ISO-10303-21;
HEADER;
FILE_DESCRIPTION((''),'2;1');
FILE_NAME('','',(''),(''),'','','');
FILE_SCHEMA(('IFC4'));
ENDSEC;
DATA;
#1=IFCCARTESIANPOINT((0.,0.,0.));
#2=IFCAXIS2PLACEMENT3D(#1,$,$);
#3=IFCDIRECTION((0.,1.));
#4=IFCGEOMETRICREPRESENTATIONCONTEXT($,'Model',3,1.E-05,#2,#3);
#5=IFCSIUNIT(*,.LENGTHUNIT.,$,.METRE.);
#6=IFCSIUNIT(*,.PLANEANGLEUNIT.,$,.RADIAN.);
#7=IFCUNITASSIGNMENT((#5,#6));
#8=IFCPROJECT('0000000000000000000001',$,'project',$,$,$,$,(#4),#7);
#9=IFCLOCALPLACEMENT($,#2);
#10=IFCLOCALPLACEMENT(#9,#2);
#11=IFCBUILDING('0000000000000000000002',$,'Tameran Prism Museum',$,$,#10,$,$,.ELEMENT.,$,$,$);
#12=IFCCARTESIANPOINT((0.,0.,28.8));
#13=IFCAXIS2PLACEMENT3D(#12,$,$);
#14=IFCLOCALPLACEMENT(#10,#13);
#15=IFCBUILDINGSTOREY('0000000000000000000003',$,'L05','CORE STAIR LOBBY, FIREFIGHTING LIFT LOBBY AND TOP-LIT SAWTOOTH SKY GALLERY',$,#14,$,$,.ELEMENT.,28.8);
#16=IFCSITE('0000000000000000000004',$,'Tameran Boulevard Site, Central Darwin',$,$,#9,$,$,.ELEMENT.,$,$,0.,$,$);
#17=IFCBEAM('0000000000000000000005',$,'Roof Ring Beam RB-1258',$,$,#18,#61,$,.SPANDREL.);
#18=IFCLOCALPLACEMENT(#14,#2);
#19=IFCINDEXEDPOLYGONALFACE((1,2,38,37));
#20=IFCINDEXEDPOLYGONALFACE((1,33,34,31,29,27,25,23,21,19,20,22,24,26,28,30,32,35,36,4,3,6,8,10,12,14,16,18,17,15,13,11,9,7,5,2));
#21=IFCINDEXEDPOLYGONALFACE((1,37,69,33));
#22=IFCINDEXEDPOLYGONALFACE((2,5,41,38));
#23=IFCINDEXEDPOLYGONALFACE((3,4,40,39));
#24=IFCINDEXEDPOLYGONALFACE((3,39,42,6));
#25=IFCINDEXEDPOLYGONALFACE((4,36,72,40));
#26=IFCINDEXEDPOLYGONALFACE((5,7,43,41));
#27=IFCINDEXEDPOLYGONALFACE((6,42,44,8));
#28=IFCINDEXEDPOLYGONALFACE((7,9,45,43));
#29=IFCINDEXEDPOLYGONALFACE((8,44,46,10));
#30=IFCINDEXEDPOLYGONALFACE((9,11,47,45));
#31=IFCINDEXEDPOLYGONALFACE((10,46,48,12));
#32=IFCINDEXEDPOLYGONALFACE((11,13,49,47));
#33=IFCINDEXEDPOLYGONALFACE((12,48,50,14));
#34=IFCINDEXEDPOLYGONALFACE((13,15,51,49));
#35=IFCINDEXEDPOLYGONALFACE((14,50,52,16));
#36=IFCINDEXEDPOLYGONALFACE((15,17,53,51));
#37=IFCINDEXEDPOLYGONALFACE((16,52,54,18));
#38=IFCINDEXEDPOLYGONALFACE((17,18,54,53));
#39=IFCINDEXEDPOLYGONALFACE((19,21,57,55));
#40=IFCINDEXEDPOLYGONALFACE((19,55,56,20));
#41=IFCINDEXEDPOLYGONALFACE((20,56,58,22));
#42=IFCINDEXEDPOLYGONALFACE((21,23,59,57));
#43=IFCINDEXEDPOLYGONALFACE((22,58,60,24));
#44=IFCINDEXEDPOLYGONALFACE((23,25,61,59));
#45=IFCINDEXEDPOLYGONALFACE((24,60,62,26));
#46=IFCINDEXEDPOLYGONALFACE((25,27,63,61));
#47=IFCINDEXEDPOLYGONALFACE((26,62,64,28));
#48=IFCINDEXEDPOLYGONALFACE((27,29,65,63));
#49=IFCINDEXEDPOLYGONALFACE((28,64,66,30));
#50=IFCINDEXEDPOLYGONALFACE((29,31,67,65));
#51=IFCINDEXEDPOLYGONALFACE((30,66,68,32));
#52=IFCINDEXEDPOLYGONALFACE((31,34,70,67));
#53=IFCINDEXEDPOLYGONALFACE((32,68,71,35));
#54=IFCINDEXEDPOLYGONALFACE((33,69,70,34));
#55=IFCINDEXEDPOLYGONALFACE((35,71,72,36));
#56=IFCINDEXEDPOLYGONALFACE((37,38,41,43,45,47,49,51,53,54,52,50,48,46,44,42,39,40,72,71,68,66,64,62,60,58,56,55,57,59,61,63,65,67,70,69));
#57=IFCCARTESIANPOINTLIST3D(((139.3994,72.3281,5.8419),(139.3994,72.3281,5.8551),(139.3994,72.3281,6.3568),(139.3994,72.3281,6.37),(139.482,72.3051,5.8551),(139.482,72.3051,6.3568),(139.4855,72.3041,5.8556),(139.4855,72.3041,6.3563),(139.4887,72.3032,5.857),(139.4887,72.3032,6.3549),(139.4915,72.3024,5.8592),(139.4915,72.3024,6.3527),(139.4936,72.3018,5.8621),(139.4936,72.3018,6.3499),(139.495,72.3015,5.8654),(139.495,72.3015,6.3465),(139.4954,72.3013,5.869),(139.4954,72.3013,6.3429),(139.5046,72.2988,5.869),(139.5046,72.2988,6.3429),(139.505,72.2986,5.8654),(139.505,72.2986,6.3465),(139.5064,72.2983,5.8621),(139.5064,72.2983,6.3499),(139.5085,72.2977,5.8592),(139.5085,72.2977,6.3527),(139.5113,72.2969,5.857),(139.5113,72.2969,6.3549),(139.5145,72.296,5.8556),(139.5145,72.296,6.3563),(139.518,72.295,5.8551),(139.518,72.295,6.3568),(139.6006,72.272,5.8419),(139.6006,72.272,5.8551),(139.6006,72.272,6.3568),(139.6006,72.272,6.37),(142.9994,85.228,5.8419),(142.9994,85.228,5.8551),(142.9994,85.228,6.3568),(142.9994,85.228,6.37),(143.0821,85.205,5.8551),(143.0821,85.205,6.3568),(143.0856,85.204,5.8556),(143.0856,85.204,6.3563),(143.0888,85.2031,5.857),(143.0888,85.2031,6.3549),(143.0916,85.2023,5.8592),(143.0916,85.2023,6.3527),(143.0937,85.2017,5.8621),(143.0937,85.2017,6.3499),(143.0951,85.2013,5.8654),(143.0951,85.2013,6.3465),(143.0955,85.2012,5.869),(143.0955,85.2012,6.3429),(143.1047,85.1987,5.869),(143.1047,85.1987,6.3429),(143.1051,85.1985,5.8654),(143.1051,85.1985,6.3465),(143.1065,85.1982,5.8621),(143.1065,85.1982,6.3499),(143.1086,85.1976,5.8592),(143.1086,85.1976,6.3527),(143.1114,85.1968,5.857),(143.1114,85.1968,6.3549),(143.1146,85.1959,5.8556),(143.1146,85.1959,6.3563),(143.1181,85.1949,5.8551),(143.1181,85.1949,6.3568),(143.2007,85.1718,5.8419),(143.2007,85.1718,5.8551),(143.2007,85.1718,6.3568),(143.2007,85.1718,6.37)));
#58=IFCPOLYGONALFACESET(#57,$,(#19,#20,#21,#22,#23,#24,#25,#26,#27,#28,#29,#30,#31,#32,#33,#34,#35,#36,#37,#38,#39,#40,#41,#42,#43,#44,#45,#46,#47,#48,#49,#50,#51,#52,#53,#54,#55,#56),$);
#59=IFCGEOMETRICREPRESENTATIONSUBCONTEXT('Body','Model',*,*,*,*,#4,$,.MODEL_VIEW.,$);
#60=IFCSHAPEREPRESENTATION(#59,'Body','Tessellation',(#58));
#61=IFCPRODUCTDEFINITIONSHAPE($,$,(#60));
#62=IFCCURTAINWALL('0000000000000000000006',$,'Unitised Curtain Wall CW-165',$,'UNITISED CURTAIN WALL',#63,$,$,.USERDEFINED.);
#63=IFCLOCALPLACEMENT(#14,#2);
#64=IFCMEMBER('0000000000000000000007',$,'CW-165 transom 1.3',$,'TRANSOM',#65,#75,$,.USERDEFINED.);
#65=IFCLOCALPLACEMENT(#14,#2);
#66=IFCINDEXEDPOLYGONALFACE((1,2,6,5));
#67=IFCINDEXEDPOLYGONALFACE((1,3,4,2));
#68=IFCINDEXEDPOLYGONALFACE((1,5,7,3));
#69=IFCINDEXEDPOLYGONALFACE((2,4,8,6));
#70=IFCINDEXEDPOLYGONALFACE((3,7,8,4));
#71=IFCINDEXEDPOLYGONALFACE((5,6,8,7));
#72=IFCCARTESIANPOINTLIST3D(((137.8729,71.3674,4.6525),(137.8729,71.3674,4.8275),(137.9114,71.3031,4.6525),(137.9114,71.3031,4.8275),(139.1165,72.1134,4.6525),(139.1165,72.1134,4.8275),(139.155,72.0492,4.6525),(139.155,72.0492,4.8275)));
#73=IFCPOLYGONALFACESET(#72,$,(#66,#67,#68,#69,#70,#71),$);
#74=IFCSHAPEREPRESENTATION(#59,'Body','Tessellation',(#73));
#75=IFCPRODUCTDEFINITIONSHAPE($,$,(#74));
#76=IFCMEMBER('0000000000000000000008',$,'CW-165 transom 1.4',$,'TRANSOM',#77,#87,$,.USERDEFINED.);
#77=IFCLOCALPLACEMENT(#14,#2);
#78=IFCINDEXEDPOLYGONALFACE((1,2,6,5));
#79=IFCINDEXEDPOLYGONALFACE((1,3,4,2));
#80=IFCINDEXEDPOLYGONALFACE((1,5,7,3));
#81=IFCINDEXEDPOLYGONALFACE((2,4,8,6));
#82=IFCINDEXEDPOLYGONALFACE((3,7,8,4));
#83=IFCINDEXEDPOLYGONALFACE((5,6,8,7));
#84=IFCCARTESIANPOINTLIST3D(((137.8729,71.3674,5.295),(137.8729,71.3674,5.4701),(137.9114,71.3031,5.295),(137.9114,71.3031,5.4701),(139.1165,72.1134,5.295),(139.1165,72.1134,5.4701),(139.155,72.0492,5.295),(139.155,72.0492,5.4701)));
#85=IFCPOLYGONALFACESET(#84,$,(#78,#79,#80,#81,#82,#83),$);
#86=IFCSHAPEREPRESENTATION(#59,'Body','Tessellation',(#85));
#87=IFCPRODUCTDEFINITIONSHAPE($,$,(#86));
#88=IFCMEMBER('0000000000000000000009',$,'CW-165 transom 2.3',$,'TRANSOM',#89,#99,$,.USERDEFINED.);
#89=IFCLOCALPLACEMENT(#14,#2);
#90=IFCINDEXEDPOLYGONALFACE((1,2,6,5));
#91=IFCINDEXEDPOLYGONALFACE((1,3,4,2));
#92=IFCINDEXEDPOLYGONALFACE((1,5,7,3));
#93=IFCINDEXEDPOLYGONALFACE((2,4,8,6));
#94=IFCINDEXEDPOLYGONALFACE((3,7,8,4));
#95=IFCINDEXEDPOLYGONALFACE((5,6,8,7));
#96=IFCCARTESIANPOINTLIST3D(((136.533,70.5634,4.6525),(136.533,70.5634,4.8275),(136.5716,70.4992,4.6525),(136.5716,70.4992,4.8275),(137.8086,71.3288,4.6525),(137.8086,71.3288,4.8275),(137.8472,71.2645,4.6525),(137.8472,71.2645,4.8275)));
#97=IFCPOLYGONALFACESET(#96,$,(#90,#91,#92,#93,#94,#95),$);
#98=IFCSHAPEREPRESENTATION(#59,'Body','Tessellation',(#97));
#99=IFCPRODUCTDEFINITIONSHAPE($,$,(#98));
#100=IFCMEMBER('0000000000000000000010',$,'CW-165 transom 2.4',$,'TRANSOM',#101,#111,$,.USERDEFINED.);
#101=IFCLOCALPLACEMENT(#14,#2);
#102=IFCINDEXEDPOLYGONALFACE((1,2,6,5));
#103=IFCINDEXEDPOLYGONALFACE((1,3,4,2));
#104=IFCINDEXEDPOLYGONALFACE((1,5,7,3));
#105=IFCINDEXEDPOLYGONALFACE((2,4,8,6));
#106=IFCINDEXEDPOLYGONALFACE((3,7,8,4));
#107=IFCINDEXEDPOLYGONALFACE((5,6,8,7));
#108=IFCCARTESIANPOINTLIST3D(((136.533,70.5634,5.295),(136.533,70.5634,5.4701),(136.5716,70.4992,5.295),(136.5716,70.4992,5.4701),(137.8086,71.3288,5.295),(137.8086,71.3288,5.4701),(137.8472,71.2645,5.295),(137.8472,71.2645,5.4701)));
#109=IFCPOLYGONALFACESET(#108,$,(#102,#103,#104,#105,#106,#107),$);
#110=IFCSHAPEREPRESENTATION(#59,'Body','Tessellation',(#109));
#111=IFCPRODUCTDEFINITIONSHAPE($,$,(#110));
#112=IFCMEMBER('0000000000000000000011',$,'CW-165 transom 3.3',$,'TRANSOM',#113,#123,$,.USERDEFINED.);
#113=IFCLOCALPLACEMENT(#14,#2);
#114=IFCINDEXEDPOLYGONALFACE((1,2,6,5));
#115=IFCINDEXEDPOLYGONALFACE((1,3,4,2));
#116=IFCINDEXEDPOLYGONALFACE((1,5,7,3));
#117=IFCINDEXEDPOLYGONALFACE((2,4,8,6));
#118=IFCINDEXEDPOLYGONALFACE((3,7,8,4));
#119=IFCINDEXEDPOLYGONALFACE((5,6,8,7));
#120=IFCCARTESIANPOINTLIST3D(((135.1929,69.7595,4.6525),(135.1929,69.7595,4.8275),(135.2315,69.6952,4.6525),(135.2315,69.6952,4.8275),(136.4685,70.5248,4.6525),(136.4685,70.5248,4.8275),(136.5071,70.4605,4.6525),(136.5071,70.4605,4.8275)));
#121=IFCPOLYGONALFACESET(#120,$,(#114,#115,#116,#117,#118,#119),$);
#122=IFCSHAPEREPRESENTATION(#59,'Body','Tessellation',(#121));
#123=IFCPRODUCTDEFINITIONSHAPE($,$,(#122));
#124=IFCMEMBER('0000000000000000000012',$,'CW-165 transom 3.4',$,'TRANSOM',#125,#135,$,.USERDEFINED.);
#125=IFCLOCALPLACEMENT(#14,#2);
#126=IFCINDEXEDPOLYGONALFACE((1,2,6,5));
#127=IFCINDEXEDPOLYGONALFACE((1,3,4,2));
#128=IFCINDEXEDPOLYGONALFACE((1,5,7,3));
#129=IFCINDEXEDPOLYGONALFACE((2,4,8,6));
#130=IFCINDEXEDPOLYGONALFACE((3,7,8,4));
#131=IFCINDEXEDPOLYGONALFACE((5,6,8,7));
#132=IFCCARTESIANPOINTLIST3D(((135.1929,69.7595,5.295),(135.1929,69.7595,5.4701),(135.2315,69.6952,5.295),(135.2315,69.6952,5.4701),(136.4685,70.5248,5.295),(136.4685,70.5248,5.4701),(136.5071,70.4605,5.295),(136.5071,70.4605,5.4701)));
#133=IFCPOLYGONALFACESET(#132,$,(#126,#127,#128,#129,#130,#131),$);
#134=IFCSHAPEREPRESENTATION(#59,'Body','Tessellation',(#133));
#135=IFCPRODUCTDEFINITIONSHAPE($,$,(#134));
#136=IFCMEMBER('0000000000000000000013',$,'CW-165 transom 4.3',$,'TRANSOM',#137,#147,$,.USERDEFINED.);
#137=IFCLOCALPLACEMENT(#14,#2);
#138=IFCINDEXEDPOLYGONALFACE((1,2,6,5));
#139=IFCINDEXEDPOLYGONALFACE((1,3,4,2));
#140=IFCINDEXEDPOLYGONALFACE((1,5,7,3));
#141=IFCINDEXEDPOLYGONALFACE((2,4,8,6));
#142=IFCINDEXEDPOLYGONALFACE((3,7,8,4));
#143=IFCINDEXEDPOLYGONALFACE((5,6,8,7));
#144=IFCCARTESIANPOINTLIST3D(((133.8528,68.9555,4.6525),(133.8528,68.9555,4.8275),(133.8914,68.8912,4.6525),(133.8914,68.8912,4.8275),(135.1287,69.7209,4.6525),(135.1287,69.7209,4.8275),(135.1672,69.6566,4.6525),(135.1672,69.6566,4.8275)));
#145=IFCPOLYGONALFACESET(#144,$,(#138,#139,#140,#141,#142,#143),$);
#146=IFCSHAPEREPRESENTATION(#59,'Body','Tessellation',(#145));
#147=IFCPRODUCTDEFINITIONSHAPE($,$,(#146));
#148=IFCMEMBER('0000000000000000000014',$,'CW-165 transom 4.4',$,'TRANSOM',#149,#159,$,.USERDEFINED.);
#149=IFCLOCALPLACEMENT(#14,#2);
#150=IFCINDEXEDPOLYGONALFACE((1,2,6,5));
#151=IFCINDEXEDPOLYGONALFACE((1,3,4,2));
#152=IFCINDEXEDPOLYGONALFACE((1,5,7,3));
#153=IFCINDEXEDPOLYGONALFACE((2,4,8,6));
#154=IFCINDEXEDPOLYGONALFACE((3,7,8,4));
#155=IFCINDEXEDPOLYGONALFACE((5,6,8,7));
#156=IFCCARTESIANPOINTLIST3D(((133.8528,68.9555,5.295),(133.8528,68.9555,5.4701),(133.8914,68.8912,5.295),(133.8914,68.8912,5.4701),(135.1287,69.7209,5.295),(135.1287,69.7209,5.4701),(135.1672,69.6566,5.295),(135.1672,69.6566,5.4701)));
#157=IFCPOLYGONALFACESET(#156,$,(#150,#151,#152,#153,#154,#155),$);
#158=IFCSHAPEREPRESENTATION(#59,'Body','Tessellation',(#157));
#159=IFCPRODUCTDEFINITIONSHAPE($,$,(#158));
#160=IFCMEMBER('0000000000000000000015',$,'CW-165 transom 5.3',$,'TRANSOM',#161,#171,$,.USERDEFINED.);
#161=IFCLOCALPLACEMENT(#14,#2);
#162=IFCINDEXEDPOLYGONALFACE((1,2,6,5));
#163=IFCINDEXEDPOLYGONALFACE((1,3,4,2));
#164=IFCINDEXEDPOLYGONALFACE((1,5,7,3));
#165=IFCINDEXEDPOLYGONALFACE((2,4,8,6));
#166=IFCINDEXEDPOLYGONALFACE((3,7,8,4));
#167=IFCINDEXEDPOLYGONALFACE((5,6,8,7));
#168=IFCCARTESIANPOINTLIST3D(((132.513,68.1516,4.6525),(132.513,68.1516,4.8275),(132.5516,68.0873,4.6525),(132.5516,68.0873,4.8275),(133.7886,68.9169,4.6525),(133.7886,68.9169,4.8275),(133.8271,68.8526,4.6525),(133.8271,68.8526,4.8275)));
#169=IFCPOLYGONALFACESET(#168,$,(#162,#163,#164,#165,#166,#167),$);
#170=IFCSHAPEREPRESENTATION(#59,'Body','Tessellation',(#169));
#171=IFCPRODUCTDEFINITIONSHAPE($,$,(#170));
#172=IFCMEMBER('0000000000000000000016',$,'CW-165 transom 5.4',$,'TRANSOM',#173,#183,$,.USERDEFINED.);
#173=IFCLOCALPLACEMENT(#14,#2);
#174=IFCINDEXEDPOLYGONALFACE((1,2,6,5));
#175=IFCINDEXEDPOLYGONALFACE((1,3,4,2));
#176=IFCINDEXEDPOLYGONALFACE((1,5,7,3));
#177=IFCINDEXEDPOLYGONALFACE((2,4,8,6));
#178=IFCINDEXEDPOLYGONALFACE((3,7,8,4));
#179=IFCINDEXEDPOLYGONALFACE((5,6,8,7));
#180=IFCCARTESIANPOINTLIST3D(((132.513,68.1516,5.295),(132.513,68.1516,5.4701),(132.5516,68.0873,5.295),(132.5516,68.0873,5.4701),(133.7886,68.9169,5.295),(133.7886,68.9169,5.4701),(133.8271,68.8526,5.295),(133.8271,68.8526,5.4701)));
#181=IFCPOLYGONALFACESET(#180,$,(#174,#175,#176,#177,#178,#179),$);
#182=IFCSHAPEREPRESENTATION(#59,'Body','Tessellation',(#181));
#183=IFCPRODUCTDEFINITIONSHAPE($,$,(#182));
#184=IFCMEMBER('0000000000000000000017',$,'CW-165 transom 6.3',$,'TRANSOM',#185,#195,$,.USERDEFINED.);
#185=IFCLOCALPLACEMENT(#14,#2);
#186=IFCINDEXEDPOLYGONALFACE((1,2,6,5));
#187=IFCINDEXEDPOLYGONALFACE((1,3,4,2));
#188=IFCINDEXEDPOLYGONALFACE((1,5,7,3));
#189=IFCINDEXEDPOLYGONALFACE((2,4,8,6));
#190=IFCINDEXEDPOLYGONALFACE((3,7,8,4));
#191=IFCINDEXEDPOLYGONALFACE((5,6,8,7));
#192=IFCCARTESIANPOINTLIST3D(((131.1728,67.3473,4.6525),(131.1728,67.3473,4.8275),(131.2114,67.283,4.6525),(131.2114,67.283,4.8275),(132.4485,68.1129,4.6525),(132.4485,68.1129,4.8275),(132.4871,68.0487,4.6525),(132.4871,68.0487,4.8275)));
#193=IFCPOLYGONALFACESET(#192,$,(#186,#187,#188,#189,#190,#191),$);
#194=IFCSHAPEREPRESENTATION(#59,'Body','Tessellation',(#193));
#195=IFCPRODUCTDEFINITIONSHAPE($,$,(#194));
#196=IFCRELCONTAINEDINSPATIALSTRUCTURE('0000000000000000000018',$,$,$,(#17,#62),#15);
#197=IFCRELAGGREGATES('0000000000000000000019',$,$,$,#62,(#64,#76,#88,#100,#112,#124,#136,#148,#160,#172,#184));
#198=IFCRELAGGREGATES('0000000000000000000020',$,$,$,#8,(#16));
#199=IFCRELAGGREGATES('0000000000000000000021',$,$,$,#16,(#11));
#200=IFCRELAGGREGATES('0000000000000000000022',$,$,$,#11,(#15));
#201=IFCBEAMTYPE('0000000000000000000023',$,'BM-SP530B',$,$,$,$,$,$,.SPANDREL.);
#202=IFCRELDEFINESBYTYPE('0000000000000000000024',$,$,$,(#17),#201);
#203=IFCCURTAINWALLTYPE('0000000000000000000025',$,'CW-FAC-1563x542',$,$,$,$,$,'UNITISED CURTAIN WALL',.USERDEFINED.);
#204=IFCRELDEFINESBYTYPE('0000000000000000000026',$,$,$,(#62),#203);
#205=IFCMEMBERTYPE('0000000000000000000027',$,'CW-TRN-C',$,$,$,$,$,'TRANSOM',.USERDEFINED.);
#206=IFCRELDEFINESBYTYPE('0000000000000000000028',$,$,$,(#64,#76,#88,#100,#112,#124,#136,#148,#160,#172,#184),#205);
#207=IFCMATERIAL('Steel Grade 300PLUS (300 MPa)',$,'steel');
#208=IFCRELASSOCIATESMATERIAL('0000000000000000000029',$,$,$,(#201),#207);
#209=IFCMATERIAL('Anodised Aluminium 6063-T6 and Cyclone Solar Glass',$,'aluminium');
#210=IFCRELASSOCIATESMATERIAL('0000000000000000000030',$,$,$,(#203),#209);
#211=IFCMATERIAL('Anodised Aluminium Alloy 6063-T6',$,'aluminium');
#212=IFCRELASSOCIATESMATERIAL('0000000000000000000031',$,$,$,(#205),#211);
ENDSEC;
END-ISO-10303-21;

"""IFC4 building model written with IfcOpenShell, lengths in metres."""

from ifc_helpers import new_model, si_unit, direction, frame, origin, origin_2d, place, context, subcontext, project, spatial, rectangle, i_section, extrude, material, material_profile, profile_set, type_object, element, aggregate, save


model = new_model("IFC4")

# Units and contexts
model_context = context("Model", 3, precision=1e-05, world=origin(), true_north=direction((0.0, 1.0)))
body_context = subcontext(model_context, "Body", "Model", "MODEL_VIEW")
ifc_project = project(units=[si_unit("LENGTHUNIT", "METRE"), si_unit("PLANEANGLEUNIT", "RADIAN")], contexts=[model_context])

# Site, building, storey
site_placement = place(None, origin())
site = spatial("IfcSite", under=ifc_project, at=site_placement, Name="Tameran Boulevard Site, Central Darwin", CompositionType="ELEMENT", RefElevation=0.0)
building_placement = place(site_placement, origin())
building = spatial("IfcBuilding", under=site, at=building_placement, Name="Tameran Prism Museum", CompositionType="ELEMENT")
storey_placement = place(building_placement, frame((0.0, 0.0, 28.8)))
storey = spatial("IfcBuildingStorey", under=building, at=storey_placement, Name="L05", Description="CORE STAIR LOBBY, FIREFIGHTING LIFT LOBBY AND TOP-LIT SAWTOOTH SKY GALLERY", CompositionType="ELEMENT", Elevation=28.8)

# Beam
ifc_material_1 = material(Name="Steel Grade 300PLUS (300 MPa)", Category="steel")
ifc_material_profile_1 = material_profile(ifc_material_1, i_section(OverallWidth=0.209, OverallDepth=0.5281, WebThickness=0.0095, FlangeThickness=0.0132, FilletRadius=0.0139, at=origin_2d()))
ifc_profile_set_1 = profile_set([ifc_material_profile_1])
beam_type = type_object("IfcBeamType", Name="BM-SP530B", PredefinedType="SPANDREL", material=ifc_profile_set_1)
beam_placement = place(storey_placement, frame((139.5, 72.3, 6.106), z_axis=(0.268808, 0.963194, 0.0), x_axis=(-0.963194, 0.268808, 0.0)))
element("IfcBeam", 1, at=beam_placement, inside=storey, type_object=beam_type, Name="Roof Ring Beam RB-1258", PredefinedType="SPANDREL", context=body_context, shape_type="SweptSolid", body=[
    extrude(i_section(OverallWidth=0.209, OverallDepth=0.5281, WebThickness=0.0095, FlangeThickness=0.0132, FilletRadius=0.0139, at=origin_2d()), origin(), (0.0, 0.0, 1.0), 13.3928),
])

# Curtain wall, members
ifc_material_2 = material(Name="Anodised Aluminium 6063-T6 and Cyclone Solar Glass", Category="aluminium")
curtain_wall_type = type_object("IfcCurtainWallType", Name="CW-FAC-1563x542", ElementType="UNITISED CURTAIN WALL", PredefinedType="USERDEFINED", material=ifc_material_2)
curtain_wall_placement = place(storey_placement, origin())
curtain_wall = element("IfcCurtainWall", 2, at=curtain_wall_placement, inside=storey, type_object=curtain_wall_type, Name="Unitised Curtain Wall CW-165", ObjectType="UNITISED CURTAIN WALL", PredefinedType="USERDEFINED")
ifc_material_3 = material(Name="Anodised Aluminium Alloy 6063-T6", Category="aluminium")
ifc_material_profile_2 = material_profile(ifc_material_3, rectangle(XDim=0.075, YDim=0.175, at=origin_2d()))
ifc_profile_set_2 = profile_set([ifc_material_profile_2])
member_type_1 = type_object("IfcMemberType", Name="CW-TRN-C", ElementType="TRANSOM", PredefinedType="USERDEFINED", material=ifc_profile_set_2)
member_1_placement = place(storey_placement, frame((139.1357, 72.0813, 4.74), z_axis=(-0.857523, -0.514446, 0.0), x_axis=(0.514446, -0.857523, 0.0)))
member_1 = element("IfcMember", 3, at=member_1_placement, type_object=member_type_1, Name="CW-165 transom 1.3", ObjectType="TRANSOM", PredefinedType="USERDEFINED", context=body_context, shape_type="SweptSolid", body=[
    extrude(rectangle(XDim=0.075, YDim=0.175, at=origin_2d()), origin(), (0.0, 0.0, 1.0), 1.4502),
])
member_2_placement = place(storey_placement, frame((139.1357, 72.0813, 5.3826), z_axis=(-0.857523, -0.514446, 0.0), x_axis=(0.514446, -0.857523, 0.0)))
member_2 = element("IfcMember", 4, at=member_2_placement, type_object=member_type_1, Name="CW-165 transom 1.4", ObjectType="TRANSOM", PredefinedType="USERDEFINED", context=body_context, shape_type="SweptSolid", body=[
    extrude(rectangle(XDim=0.075, YDim=0.175, at=origin_2d()), origin(), (0.0, 0.0, 1.0), 1.4502),
])
member_3_placement = place(storey_placement, frame((137.8279, 71.2966, 4.74), z_axis=(-0.857493, -0.514496, 0.0), x_axis=(0.514496, -0.857493, 0.0)))
member_3 = element("IfcMember", 5, at=member_3_placement, type_object=member_type_1, Name="CW-165 transom 2.3", ObjectType="TRANSOM", PredefinedType="USERDEFINED", context=body_context, shape_type="SweptSolid", body=[
    extrude(rectangle(XDim=0.075, YDim=0.175, at=origin_2d()), origin(), (0.0, 0.0, 1.0), 1.4875),
])
member_4_placement = place(storey_placement, frame((137.8279, 71.2966, 5.3826), z_axis=(-0.857493, -0.514496, 0.0), x_axis=(0.514496, -0.857493, 0.0)))
member_4 = element("IfcMember", 6, at=member_4_placement, type_object=member_type_1, Name="CW-165 transom 2.4", ObjectType="TRANSOM", PredefinedType="USERDEFINED", context=body_context, shape_type="SweptSolid", body=[
    extrude(rectangle(XDim=0.075, YDim=0.175, at=origin_2d()), origin(), (0.0, 0.0, 1.0), 1.4875),
])
member_5_placement = place(storey_placement, frame((136.4878, 70.4927, 4.74), z_axis=(-0.857493, -0.514496, 0.0), x_axis=(0.514496, -0.857493, 0.0)))
member_5 = element("IfcMember", 7, at=member_5_placement, type_object=member_type_1, Name="CW-165 transom 3.3", ObjectType="TRANSOM", PredefinedType="USERDEFINED", context=body_context, shape_type="SweptSolid", body=[
    extrude(rectangle(XDim=0.075, YDim=0.175, at=origin_2d()), origin(), (0.0, 0.0, 1.0), 1.4875),
])
member_6_placement = place(storey_placement, frame((136.4878, 70.4927, 5.3826), z_axis=(-0.857493, -0.514496, 0.0), x_axis=(0.514496, -0.857493, 0.0)))
member_6 = element("IfcMember", 8, at=member_6_placement, type_object=member_type_1, Name="CW-165 transom 3.4", ObjectType="TRANSOM", PredefinedType="USERDEFINED", context=body_context, shape_type="SweptSolid", body=[
    extrude(rectangle(XDim=0.075, YDim=0.175, at=origin_2d()), origin(), (0.0, 0.0, 1.0), 1.4875),
])
member_7_placement = place(storey_placement, frame((135.1479, 69.6887, 4.74), z_axis=(-0.857536, -0.514423, 0.0), x_axis=(0.514423, -0.857536, 0.0)))
member_7 = element("IfcMember", 9, at=member_7_placement, type_object=member_type_1, Name="CW-165 transom 4.3", ObjectType="TRANSOM", PredefinedType="USERDEFINED", context=body_context, shape_type="SweptSolid", body=[
    extrude(rectangle(XDim=0.075, YDim=0.175, at=origin_2d()), origin(), (0.0, 0.0, 1.0), 1.4878),
])
member_8_placement = place(storey_placement, frame((135.1479, 69.6887, 5.3826), z_axis=(-0.857536, -0.514423, 0.0), x_axis=(0.514423, -0.857536, 0.0)))
member_8 = element("IfcMember", 10, at=member_8_placement, type_object=member_type_1, Name="CW-165 transom 4.4", ObjectType="TRANSOM", PredefinedType="USERDEFINED", context=body_context, shape_type="SweptSolid", body=[
    extrude(rectangle(XDim=0.075, YDim=0.175, at=origin_2d()), origin(), (0.0, 0.0, 1.0), 1.4878),
])
member_9_placement = place(storey_placement, frame((133.8079, 68.8848, 4.74), z_axis=(-0.857493, -0.514496, 0.0), x_axis=(0.514496, -0.857493, 0.0)))
member_9 = element("IfcMember", 11, at=member_9_placement, type_object=member_type_1, Name="CW-165 transom 5.3", ObjectType="TRANSOM", PredefinedType="USERDEFINED", context=body_context, shape_type="SweptSolid", body=[
    extrude(rectangle(XDim=0.075, YDim=0.175, at=origin_2d()), origin(), (0.0, 0.0, 1.0), 1.4875),
])
member_10_placement = place(storey_placement, frame((133.8079, 68.8848, 5.3826), z_axis=(-0.857493, -0.514496, 0.0), x_axis=(0.514496, -0.857493, 0.0)))
member_10 = element("IfcMember", 12, at=member_10_placement, type_object=member_type_1, Name="CW-165 transom 5.4", ObjectType="TRANSOM", PredefinedType="USERDEFINED", context=body_context, shape_type="SweptSolid", body=[
    extrude(rectangle(XDim=0.075, YDim=0.175, at=origin_2d()), origin(), (0.0, 0.0, 1.0), 1.4875),
])
member_11_placement = place(storey_placement, frame((132.4678, 68.0808, 4.74), z_axis=(-0.857421, -0.514616, 0.0), x_axis=(0.514616, -0.857421, 0.0)))
member_11 = element("IfcMember", 13, at=member_11_placement, type_object=member_type_1, Name="CW-165 transom 6.3", ObjectType="TRANSOM", PredefinedType="USERDEFINED", context=body_context, shape_type="SweptSolid", body=[
    extrude(rectangle(XDim=0.075, YDim=0.175, at=origin_2d()), origin(), (0.0, 0.0, 1.0), 1.4878),
])

aggregate(curtain_wall, [member_1, member_2, member_3, member_4, member_5, member_6, member_7, member_8, member_9, member_10, member_11])

save(model, "model.ifc")
